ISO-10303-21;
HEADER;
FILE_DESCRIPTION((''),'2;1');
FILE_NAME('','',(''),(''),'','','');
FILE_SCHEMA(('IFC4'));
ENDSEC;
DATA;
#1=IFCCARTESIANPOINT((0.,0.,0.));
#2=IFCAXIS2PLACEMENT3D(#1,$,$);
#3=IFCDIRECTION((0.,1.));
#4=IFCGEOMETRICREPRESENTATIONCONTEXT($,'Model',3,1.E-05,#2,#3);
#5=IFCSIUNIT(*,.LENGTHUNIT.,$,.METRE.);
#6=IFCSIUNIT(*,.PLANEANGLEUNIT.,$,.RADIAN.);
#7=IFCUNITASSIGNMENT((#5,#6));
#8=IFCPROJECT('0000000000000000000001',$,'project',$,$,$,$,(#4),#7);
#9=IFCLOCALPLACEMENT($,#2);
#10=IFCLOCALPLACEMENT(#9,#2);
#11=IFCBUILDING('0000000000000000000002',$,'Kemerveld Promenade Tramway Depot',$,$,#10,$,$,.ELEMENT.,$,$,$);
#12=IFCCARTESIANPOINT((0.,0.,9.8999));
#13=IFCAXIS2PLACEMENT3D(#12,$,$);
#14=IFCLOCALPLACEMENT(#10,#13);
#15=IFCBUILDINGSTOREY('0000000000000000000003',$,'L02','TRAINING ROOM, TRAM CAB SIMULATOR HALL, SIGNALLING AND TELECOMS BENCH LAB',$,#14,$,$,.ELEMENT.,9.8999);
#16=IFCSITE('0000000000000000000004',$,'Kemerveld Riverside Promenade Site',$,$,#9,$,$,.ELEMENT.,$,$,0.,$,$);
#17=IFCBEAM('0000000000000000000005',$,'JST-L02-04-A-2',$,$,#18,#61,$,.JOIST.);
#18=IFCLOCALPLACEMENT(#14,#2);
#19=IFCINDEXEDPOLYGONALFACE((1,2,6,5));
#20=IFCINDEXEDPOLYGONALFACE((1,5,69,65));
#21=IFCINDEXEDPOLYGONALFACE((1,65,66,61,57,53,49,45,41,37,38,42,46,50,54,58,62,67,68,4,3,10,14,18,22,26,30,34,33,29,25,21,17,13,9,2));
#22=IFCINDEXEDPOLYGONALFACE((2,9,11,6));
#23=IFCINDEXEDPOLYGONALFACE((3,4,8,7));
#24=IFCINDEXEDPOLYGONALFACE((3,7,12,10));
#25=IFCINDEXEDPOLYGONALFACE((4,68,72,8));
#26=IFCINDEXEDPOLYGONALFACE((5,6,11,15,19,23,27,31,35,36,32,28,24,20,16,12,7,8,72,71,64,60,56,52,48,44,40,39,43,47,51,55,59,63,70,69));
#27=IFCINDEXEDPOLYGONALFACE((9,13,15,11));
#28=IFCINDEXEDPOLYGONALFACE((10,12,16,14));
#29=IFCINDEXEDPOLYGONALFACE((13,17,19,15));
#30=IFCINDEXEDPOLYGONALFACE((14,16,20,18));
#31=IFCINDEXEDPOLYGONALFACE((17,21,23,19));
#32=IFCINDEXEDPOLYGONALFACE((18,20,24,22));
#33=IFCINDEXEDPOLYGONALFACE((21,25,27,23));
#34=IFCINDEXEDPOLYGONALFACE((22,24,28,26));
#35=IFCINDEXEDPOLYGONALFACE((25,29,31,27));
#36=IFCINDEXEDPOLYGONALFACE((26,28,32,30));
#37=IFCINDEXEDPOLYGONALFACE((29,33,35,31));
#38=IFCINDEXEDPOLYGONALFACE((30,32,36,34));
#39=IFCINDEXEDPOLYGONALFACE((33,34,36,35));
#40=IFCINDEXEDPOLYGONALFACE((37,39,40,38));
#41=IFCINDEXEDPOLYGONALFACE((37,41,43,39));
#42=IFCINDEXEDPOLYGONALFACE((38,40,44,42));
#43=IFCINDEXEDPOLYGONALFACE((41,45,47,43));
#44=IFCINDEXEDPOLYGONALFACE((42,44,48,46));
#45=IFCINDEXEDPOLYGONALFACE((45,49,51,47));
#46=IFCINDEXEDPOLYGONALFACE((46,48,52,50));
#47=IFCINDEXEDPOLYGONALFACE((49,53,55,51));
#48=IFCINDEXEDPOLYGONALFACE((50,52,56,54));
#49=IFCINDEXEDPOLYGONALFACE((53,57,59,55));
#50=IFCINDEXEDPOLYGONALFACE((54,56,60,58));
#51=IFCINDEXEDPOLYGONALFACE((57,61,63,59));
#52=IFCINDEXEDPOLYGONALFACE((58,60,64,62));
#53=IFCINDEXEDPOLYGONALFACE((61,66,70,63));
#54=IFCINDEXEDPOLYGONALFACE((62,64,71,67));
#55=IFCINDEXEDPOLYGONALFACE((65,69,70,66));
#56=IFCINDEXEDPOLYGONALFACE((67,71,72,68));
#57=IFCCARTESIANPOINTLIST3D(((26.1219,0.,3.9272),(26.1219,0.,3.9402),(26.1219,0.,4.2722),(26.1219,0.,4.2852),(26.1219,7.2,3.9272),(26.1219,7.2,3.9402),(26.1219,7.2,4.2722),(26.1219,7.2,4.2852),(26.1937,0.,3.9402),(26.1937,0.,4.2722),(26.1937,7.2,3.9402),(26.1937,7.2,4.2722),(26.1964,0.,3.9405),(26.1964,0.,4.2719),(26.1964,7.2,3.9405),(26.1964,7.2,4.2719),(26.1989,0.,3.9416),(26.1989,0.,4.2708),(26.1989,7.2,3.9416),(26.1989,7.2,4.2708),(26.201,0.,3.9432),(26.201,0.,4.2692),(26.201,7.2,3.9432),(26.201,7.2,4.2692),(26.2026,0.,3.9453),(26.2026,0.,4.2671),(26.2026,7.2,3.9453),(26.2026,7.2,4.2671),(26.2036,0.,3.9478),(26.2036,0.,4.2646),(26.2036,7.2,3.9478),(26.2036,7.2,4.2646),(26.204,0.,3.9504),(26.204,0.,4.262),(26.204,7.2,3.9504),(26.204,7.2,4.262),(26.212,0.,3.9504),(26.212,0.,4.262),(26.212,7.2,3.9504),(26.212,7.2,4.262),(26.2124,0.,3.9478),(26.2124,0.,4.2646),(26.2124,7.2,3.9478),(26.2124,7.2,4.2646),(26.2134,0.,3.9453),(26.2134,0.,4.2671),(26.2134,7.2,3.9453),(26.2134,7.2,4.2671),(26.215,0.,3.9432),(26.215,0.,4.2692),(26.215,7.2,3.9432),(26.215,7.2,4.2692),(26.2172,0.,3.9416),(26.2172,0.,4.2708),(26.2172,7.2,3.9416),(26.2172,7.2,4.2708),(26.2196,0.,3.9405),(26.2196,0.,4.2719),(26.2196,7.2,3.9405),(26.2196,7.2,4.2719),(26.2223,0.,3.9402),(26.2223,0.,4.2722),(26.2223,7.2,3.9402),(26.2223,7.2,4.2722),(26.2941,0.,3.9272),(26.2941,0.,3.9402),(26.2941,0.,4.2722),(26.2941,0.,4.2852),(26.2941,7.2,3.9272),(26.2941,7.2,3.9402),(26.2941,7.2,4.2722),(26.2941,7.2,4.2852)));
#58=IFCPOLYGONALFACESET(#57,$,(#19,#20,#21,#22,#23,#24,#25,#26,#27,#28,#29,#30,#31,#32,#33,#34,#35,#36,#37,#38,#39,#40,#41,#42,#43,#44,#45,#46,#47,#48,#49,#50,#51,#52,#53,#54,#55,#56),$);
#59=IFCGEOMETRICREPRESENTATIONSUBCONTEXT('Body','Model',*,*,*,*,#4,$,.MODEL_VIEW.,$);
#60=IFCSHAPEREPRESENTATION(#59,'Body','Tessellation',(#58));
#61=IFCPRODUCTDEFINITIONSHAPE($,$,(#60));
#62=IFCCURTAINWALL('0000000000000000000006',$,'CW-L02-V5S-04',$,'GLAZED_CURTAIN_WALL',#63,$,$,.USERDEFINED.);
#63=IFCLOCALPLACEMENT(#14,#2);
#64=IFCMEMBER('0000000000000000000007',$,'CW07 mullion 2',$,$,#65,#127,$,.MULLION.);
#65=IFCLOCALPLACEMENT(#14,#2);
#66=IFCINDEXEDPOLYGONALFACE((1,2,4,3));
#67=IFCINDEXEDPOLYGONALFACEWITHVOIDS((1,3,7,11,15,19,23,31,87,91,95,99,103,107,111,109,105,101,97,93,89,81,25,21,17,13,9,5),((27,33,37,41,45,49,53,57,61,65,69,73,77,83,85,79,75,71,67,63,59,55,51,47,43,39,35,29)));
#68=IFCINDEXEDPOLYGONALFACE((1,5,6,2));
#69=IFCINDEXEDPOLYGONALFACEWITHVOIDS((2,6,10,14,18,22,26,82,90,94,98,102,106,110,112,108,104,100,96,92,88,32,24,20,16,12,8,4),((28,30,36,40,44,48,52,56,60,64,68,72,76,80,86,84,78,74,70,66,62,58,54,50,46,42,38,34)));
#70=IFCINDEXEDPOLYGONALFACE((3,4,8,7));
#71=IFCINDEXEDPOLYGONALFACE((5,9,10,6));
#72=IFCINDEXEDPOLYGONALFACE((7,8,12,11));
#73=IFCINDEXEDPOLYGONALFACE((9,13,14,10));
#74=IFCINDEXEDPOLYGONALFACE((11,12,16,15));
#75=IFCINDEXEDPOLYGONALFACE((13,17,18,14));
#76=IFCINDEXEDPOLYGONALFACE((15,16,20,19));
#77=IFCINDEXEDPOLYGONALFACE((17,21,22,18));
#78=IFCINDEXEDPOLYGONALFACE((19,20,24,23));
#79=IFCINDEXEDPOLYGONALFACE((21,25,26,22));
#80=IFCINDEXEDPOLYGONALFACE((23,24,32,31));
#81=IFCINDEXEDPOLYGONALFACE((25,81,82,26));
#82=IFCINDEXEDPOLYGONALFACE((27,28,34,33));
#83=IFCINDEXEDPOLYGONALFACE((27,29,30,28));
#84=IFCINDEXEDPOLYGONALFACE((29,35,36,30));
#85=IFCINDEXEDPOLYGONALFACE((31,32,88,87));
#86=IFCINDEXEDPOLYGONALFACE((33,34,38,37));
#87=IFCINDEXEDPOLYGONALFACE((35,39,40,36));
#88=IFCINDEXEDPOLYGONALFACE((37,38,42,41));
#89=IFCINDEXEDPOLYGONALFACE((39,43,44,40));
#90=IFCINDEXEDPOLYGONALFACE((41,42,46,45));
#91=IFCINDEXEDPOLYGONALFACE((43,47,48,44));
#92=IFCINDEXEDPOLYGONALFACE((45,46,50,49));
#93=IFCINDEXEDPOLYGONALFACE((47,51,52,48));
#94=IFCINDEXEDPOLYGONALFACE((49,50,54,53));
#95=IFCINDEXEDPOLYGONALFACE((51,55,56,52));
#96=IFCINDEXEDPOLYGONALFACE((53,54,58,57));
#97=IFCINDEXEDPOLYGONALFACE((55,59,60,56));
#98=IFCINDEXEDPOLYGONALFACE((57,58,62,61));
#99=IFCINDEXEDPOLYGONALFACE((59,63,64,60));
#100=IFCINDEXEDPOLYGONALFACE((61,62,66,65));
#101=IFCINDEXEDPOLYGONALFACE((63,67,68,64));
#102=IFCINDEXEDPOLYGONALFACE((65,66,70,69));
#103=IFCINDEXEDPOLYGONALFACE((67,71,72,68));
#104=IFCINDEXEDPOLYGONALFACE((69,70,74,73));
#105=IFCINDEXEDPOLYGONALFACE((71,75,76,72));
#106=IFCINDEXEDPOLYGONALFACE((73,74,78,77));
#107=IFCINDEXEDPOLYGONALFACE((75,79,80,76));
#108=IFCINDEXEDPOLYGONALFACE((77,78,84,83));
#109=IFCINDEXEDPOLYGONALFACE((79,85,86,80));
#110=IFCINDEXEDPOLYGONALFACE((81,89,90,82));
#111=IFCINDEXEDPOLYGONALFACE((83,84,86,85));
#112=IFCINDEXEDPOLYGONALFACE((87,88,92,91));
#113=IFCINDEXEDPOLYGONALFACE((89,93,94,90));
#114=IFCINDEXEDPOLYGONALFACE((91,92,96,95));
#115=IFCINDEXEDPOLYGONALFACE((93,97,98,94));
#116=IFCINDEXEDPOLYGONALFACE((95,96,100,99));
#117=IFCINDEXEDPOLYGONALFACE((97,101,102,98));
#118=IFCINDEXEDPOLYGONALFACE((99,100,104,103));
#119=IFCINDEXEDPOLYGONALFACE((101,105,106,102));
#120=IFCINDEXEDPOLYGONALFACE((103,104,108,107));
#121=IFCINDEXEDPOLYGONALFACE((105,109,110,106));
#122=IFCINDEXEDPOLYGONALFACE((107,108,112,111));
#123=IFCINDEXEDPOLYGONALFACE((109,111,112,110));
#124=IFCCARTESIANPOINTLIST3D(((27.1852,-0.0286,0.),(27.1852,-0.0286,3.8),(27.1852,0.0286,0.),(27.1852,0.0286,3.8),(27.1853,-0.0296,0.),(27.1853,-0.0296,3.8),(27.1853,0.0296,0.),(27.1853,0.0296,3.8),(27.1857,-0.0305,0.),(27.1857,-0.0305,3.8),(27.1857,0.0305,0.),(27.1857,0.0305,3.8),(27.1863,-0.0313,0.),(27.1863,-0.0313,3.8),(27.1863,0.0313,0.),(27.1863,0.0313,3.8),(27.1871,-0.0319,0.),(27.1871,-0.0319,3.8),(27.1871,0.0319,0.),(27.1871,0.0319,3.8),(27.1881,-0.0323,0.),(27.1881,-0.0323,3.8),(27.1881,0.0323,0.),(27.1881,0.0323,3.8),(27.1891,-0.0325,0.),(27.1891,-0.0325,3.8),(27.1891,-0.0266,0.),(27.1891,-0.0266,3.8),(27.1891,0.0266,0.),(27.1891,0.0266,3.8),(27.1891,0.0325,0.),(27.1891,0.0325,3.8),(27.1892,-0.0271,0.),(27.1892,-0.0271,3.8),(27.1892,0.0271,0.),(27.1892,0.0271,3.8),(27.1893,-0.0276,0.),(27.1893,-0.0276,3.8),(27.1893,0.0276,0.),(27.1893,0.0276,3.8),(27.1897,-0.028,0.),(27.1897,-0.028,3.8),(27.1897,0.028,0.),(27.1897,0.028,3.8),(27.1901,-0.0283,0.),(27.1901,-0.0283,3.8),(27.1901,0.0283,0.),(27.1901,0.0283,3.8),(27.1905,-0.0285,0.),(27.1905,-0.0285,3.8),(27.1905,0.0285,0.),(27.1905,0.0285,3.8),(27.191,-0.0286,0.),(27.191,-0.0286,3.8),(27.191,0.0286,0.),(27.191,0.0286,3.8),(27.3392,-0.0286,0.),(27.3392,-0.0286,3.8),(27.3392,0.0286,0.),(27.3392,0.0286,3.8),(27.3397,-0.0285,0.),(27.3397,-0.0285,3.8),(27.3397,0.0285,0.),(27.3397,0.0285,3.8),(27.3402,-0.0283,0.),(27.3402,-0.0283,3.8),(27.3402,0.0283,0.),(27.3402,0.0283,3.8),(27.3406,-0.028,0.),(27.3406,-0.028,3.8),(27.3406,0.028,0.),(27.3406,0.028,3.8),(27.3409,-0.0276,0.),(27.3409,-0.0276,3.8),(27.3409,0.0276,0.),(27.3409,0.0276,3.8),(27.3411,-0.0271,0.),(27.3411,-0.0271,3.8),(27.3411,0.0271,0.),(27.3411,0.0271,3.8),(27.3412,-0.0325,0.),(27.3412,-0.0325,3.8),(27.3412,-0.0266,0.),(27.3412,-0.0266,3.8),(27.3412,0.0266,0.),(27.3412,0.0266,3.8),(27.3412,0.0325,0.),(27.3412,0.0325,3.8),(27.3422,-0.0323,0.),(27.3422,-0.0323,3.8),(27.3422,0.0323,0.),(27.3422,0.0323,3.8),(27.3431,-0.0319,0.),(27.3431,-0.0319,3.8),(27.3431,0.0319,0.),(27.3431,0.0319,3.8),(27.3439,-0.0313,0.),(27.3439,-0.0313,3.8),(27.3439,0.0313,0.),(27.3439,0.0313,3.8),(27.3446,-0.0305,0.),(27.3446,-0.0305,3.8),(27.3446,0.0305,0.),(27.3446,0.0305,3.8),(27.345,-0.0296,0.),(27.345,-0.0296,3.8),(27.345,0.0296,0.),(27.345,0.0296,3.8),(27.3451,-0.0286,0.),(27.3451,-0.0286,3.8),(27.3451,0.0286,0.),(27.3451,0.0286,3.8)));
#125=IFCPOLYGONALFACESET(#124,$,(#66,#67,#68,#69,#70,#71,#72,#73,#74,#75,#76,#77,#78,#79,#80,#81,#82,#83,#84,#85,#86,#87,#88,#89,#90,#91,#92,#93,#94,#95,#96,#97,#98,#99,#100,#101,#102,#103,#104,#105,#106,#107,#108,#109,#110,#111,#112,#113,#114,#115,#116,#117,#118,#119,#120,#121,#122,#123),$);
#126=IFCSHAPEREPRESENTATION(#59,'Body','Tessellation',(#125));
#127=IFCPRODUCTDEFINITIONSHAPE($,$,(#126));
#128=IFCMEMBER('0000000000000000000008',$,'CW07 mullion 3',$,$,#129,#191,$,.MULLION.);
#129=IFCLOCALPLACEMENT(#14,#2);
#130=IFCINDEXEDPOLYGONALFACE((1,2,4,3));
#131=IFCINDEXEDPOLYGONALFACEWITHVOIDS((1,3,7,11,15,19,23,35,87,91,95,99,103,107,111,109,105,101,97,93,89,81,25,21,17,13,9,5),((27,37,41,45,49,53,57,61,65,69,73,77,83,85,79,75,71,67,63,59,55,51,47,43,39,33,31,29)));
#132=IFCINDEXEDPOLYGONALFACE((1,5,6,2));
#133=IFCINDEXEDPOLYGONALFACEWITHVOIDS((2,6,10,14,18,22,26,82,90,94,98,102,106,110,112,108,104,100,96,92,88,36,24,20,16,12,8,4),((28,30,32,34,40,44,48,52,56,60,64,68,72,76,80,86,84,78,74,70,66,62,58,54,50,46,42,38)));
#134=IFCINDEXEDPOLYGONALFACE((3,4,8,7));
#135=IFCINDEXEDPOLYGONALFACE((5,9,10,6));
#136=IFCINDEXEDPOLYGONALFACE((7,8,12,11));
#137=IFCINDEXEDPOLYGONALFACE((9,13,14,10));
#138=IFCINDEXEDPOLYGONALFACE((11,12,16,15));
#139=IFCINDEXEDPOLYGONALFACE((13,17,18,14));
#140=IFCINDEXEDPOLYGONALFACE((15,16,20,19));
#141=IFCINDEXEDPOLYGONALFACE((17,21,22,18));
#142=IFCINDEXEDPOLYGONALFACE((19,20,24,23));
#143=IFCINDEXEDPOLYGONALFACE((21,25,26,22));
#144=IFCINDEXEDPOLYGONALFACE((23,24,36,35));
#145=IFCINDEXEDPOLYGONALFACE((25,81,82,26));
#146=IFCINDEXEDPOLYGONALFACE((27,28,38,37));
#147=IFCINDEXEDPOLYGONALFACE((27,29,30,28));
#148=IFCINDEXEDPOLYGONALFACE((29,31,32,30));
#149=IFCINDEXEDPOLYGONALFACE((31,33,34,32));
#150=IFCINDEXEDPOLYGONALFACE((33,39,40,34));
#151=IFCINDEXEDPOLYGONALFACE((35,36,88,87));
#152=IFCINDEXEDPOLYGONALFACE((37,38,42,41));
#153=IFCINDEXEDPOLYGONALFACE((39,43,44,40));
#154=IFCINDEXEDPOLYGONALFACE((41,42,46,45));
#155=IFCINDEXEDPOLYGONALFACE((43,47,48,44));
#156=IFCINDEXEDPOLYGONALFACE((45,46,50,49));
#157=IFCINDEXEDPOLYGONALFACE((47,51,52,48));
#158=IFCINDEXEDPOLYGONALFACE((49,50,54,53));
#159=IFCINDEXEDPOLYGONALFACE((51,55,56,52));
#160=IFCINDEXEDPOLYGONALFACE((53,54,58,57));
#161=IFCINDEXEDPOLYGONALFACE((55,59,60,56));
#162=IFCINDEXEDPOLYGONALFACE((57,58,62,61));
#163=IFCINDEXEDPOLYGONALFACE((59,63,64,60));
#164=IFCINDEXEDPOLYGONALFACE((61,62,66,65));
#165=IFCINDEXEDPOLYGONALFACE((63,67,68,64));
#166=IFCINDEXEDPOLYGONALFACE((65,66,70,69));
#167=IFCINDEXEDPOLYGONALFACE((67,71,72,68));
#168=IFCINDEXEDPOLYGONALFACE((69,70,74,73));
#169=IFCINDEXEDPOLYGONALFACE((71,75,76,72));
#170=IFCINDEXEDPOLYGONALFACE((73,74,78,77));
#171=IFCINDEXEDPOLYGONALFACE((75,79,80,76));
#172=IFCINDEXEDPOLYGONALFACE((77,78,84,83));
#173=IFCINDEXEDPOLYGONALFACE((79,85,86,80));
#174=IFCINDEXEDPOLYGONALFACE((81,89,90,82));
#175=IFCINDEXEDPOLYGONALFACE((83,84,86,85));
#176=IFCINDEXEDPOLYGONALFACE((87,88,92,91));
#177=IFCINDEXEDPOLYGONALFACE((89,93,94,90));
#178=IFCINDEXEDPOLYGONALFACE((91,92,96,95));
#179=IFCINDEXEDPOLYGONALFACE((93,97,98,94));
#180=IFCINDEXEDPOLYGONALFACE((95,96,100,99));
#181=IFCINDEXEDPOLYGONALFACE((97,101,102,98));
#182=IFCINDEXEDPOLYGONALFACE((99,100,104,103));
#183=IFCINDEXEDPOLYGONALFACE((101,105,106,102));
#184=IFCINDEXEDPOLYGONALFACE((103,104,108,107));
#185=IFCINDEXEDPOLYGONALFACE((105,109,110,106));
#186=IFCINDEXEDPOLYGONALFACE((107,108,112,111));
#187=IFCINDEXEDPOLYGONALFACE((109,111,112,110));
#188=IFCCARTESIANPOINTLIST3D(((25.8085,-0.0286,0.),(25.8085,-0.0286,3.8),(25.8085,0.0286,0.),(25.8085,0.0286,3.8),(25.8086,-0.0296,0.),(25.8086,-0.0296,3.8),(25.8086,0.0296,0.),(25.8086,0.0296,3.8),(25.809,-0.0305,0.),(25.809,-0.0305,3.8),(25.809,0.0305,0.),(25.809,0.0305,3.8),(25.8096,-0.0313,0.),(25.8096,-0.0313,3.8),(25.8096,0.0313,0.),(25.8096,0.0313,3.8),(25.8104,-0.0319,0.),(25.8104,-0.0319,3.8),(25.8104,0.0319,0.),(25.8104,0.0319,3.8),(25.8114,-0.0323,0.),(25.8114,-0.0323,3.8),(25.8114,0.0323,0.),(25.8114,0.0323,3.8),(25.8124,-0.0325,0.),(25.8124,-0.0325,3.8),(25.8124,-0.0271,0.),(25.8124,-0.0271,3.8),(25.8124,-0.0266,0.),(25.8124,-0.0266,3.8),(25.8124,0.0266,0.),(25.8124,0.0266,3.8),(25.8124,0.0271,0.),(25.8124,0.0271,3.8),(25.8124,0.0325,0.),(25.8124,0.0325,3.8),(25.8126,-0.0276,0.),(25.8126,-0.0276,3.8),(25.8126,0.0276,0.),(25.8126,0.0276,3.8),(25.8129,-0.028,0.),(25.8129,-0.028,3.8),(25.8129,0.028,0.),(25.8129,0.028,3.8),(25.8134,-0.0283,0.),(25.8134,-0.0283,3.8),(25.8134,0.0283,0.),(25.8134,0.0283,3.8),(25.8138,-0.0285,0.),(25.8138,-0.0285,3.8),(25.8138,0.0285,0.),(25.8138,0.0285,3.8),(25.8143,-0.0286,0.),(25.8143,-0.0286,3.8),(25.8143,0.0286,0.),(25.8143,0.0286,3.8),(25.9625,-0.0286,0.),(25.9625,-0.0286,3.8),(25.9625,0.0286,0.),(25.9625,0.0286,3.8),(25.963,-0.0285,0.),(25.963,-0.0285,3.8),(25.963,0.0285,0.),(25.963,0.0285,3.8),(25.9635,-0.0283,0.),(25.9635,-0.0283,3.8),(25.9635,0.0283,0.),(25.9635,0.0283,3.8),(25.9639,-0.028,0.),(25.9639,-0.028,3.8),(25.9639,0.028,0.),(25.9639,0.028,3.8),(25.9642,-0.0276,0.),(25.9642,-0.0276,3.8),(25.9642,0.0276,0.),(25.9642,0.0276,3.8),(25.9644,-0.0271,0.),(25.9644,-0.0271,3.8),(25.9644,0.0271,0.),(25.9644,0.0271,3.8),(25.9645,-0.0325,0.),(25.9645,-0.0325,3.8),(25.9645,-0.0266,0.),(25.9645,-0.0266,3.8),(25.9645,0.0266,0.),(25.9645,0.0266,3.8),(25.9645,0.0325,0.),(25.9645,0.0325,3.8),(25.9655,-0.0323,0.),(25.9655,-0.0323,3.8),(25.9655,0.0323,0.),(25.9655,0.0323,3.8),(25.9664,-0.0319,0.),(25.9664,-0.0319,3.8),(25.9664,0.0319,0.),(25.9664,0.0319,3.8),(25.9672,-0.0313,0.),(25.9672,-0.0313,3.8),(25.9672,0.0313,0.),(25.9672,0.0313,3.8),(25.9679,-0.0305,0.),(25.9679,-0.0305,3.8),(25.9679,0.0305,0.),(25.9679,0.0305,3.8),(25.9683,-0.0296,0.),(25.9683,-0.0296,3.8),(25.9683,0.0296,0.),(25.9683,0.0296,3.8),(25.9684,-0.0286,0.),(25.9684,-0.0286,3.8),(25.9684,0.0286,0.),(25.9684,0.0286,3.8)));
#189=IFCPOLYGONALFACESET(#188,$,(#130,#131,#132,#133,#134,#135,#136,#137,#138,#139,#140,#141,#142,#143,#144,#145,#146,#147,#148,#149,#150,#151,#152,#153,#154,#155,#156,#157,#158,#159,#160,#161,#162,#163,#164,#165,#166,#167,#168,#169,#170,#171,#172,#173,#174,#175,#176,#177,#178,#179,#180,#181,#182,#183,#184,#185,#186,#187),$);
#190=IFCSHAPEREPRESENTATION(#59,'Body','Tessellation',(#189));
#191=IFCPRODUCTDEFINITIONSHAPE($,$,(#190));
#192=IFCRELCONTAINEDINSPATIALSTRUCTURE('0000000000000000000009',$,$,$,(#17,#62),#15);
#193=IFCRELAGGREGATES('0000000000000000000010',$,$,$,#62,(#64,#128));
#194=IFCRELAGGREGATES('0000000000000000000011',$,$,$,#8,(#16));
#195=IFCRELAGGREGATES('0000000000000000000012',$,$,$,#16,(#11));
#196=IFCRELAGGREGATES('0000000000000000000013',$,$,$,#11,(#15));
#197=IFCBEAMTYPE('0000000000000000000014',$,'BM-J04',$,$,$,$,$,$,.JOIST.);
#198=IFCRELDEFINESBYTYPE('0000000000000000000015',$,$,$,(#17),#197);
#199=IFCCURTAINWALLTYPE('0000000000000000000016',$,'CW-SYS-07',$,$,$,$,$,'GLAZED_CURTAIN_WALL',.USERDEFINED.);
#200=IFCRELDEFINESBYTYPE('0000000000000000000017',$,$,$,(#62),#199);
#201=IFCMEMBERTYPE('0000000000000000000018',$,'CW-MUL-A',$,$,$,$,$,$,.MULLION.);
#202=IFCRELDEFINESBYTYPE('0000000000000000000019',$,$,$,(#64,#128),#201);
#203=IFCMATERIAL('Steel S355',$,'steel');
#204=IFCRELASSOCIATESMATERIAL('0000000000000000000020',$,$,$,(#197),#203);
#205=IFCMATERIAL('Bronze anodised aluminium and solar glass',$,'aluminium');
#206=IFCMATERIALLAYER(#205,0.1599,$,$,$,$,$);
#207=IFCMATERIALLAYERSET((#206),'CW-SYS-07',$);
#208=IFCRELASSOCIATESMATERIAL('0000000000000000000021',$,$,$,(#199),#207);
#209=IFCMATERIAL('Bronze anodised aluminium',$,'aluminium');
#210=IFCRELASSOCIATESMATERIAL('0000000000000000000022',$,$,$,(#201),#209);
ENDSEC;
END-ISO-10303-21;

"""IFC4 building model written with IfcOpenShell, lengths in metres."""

from ifc_helpers import new_model, si_unit, direction, frame, origin, origin_2d, place, context, subcontext, project, spatial, hollow_rectangle, i_section, extrude, material, layer, layer_set, material_profile, profile_set, type_object, element, aggregate, save


model = new_model("IFC4")

# Units and contexts
model_context = context("Model", 3, precision=1e-05, world=origin(), true_north=direction((0.0, 1.0)))
body_context = subcontext(model_context, "Body", "Model", "MODEL_VIEW")
ifc_project = project(units=[si_unit("LENGTHUNIT", "METRE"), si_unit("PLANEANGLEUNIT", "RADIAN")], contexts=[model_context])

# Site, building, storey
site_placement = place(None, origin())
site = spatial("IfcSite", under=ifc_project, at=site_placement, Name="Kemerveld Riverside Promenade Site", CompositionType="ELEMENT", RefElevation=0.0)
building_placement = place(site_placement, origin())
building = spatial("IfcBuilding", under=site, at=building_placement, Name="Kemerveld Promenade Tramway Depot", CompositionType="ELEMENT")
storey_placement = place(building_placement, frame((0.0, 0.0, 9.8999)))
storey = spatial("IfcBuildingStorey", under=building, at=storey_placement, Name="L02", Description="TRAINING ROOM, TRAM CAB SIMULATOR HALL, SIGNALLING AND TELECOMS BENCH LAB", CompositionType="ELEMENT", Elevation=9.8999)

# Beam
ifc_material_1 = material(Name="Steel S355", Category="steel")
ifc_material_profile_1 = material_profile(ifc_material_1, i_section(OverallWidth=0.1721, OverallDepth=0.3579, WebThickness=0.0081, FlangeThickness=0.0129, FilletRadius=0.0103, at=origin_2d()), Name="356x171x57 UB")
ifc_profile_set_1 = profile_set([ifc_material_profile_1], Name="Steel S355")
beam_type = type_object("IfcBeamType", Name="BM-J04", PredefinedType="JOIST", material=ifc_profile_set_1)
beam_placement = place(storey_placement, frame((26.208, 0.0, 4.1062), z_axis=(0.0, 1.0, 0.0), x_axis=(-1.0, 0.0, 0.0)))
element("IfcBeam", 1, at=beam_placement, inside=storey, type_object=beam_type, Name="JST-L02-04-A-2", PredefinedType="JOIST", context=body_context, shape_type="SweptSolid", body=[
    extrude(i_section(OverallWidth=0.1721, OverallDepth=0.3579, WebThickness=0.0081, FlangeThickness=0.0129, FilletRadius=0.0103, at=origin_2d()), origin(), (0.0, 0.0, 1.0), 7.2),
])

# Curtain wall, members
ifc_material_2 = material(Name="Bronze anodised aluminium and solar glass", Category="aluminium")
ifc_layer_1 = layer(ifc_material_2, 0.1599)
ifc_layer_set_1 = layer_set([ifc_layer_1], Name="CW-SYS-07")
curtain_wall_type = type_object("IfcCurtainWallType", Name="CW-SYS-07", ElementType="GLAZED_CURTAIN_WALL", PredefinedType="USERDEFINED", material=ifc_layer_set_1)
curtain_wall_placement = place(storey_placement, origin())
curtain_wall = element("IfcCurtainWall", 2, at=curtain_wall_placement, inside=storey, type_object=curtain_wall_type, Name="CW-L02-V5S-04", ObjectType="GLAZED_CURTAIN_WALL", PredefinedType="USERDEFINED")
ifc_material_3 = material(Name="Bronze anodised aluminium", Category="aluminium")
ifc_material_profile_2 = material_profile(ifc_material_3, hollow_rectangle(XDim=0.0649, YDim=0.1599, WallThickness=0.0039, InnerFilletRadius=0.002, OuterFilletRadius=0.0039, at=origin_2d()), Name="CW-MUL-160x65")
ifc_profile_set_2 = profile_set([ifc_material_profile_2], Name="Bronze anodised aluminium")
member_type_1 = type_object("IfcMemberType", Name="CW-MUL-A", PredefinedType="MULLION", material=ifc_profile_set_2)
member_1_placement = place(storey_placement, frame((27.2651, 0.0, 0.0), z_axis=(0.0, 0.0, 1.0), x_axis=(0.0, -1.0, 0.0)))
member_1 = element("IfcMember", 3, at=member_1_placement, type_object=member_type_1, Name="CW07 mullion 2", PredefinedType="MULLION", context=body_context, shape_type="SweptSolid", body=[
    extrude(hollow_rectangle(XDim=0.0649, YDim=0.1599, WallThickness=0.0039, InnerFilletRadius=0.002, OuterFilletRadius=0.0039, at=origin_2d()), origin(), (0.0, 0.0, 1.0), 3.8),
])
member_2_placement = place(storey_placement, frame((25.8884, 0.0, 0.0), z_axis=(0.0, 0.0, 1.0), x_axis=(0.0, -1.0, 0.0)))
member_2 = element("IfcMember", 4, at=member_2_placement, type_object=member_type_1, Name="CW07 mullion 3", PredefinedType="MULLION", context=body_context, shape_type="SweptSolid", body=[
    extrude(hollow_rectangle(XDim=0.0649, YDim=0.1599, WallThickness=0.0039, InnerFilletRadius=0.002, OuterFilletRadius=0.0039, at=origin_2d()), origin(), (0.0, 0.0, 1.0), 3.8),
])
aggregate(curtain_wall, [member_1, member_2])

save(model, "model.ifc")
